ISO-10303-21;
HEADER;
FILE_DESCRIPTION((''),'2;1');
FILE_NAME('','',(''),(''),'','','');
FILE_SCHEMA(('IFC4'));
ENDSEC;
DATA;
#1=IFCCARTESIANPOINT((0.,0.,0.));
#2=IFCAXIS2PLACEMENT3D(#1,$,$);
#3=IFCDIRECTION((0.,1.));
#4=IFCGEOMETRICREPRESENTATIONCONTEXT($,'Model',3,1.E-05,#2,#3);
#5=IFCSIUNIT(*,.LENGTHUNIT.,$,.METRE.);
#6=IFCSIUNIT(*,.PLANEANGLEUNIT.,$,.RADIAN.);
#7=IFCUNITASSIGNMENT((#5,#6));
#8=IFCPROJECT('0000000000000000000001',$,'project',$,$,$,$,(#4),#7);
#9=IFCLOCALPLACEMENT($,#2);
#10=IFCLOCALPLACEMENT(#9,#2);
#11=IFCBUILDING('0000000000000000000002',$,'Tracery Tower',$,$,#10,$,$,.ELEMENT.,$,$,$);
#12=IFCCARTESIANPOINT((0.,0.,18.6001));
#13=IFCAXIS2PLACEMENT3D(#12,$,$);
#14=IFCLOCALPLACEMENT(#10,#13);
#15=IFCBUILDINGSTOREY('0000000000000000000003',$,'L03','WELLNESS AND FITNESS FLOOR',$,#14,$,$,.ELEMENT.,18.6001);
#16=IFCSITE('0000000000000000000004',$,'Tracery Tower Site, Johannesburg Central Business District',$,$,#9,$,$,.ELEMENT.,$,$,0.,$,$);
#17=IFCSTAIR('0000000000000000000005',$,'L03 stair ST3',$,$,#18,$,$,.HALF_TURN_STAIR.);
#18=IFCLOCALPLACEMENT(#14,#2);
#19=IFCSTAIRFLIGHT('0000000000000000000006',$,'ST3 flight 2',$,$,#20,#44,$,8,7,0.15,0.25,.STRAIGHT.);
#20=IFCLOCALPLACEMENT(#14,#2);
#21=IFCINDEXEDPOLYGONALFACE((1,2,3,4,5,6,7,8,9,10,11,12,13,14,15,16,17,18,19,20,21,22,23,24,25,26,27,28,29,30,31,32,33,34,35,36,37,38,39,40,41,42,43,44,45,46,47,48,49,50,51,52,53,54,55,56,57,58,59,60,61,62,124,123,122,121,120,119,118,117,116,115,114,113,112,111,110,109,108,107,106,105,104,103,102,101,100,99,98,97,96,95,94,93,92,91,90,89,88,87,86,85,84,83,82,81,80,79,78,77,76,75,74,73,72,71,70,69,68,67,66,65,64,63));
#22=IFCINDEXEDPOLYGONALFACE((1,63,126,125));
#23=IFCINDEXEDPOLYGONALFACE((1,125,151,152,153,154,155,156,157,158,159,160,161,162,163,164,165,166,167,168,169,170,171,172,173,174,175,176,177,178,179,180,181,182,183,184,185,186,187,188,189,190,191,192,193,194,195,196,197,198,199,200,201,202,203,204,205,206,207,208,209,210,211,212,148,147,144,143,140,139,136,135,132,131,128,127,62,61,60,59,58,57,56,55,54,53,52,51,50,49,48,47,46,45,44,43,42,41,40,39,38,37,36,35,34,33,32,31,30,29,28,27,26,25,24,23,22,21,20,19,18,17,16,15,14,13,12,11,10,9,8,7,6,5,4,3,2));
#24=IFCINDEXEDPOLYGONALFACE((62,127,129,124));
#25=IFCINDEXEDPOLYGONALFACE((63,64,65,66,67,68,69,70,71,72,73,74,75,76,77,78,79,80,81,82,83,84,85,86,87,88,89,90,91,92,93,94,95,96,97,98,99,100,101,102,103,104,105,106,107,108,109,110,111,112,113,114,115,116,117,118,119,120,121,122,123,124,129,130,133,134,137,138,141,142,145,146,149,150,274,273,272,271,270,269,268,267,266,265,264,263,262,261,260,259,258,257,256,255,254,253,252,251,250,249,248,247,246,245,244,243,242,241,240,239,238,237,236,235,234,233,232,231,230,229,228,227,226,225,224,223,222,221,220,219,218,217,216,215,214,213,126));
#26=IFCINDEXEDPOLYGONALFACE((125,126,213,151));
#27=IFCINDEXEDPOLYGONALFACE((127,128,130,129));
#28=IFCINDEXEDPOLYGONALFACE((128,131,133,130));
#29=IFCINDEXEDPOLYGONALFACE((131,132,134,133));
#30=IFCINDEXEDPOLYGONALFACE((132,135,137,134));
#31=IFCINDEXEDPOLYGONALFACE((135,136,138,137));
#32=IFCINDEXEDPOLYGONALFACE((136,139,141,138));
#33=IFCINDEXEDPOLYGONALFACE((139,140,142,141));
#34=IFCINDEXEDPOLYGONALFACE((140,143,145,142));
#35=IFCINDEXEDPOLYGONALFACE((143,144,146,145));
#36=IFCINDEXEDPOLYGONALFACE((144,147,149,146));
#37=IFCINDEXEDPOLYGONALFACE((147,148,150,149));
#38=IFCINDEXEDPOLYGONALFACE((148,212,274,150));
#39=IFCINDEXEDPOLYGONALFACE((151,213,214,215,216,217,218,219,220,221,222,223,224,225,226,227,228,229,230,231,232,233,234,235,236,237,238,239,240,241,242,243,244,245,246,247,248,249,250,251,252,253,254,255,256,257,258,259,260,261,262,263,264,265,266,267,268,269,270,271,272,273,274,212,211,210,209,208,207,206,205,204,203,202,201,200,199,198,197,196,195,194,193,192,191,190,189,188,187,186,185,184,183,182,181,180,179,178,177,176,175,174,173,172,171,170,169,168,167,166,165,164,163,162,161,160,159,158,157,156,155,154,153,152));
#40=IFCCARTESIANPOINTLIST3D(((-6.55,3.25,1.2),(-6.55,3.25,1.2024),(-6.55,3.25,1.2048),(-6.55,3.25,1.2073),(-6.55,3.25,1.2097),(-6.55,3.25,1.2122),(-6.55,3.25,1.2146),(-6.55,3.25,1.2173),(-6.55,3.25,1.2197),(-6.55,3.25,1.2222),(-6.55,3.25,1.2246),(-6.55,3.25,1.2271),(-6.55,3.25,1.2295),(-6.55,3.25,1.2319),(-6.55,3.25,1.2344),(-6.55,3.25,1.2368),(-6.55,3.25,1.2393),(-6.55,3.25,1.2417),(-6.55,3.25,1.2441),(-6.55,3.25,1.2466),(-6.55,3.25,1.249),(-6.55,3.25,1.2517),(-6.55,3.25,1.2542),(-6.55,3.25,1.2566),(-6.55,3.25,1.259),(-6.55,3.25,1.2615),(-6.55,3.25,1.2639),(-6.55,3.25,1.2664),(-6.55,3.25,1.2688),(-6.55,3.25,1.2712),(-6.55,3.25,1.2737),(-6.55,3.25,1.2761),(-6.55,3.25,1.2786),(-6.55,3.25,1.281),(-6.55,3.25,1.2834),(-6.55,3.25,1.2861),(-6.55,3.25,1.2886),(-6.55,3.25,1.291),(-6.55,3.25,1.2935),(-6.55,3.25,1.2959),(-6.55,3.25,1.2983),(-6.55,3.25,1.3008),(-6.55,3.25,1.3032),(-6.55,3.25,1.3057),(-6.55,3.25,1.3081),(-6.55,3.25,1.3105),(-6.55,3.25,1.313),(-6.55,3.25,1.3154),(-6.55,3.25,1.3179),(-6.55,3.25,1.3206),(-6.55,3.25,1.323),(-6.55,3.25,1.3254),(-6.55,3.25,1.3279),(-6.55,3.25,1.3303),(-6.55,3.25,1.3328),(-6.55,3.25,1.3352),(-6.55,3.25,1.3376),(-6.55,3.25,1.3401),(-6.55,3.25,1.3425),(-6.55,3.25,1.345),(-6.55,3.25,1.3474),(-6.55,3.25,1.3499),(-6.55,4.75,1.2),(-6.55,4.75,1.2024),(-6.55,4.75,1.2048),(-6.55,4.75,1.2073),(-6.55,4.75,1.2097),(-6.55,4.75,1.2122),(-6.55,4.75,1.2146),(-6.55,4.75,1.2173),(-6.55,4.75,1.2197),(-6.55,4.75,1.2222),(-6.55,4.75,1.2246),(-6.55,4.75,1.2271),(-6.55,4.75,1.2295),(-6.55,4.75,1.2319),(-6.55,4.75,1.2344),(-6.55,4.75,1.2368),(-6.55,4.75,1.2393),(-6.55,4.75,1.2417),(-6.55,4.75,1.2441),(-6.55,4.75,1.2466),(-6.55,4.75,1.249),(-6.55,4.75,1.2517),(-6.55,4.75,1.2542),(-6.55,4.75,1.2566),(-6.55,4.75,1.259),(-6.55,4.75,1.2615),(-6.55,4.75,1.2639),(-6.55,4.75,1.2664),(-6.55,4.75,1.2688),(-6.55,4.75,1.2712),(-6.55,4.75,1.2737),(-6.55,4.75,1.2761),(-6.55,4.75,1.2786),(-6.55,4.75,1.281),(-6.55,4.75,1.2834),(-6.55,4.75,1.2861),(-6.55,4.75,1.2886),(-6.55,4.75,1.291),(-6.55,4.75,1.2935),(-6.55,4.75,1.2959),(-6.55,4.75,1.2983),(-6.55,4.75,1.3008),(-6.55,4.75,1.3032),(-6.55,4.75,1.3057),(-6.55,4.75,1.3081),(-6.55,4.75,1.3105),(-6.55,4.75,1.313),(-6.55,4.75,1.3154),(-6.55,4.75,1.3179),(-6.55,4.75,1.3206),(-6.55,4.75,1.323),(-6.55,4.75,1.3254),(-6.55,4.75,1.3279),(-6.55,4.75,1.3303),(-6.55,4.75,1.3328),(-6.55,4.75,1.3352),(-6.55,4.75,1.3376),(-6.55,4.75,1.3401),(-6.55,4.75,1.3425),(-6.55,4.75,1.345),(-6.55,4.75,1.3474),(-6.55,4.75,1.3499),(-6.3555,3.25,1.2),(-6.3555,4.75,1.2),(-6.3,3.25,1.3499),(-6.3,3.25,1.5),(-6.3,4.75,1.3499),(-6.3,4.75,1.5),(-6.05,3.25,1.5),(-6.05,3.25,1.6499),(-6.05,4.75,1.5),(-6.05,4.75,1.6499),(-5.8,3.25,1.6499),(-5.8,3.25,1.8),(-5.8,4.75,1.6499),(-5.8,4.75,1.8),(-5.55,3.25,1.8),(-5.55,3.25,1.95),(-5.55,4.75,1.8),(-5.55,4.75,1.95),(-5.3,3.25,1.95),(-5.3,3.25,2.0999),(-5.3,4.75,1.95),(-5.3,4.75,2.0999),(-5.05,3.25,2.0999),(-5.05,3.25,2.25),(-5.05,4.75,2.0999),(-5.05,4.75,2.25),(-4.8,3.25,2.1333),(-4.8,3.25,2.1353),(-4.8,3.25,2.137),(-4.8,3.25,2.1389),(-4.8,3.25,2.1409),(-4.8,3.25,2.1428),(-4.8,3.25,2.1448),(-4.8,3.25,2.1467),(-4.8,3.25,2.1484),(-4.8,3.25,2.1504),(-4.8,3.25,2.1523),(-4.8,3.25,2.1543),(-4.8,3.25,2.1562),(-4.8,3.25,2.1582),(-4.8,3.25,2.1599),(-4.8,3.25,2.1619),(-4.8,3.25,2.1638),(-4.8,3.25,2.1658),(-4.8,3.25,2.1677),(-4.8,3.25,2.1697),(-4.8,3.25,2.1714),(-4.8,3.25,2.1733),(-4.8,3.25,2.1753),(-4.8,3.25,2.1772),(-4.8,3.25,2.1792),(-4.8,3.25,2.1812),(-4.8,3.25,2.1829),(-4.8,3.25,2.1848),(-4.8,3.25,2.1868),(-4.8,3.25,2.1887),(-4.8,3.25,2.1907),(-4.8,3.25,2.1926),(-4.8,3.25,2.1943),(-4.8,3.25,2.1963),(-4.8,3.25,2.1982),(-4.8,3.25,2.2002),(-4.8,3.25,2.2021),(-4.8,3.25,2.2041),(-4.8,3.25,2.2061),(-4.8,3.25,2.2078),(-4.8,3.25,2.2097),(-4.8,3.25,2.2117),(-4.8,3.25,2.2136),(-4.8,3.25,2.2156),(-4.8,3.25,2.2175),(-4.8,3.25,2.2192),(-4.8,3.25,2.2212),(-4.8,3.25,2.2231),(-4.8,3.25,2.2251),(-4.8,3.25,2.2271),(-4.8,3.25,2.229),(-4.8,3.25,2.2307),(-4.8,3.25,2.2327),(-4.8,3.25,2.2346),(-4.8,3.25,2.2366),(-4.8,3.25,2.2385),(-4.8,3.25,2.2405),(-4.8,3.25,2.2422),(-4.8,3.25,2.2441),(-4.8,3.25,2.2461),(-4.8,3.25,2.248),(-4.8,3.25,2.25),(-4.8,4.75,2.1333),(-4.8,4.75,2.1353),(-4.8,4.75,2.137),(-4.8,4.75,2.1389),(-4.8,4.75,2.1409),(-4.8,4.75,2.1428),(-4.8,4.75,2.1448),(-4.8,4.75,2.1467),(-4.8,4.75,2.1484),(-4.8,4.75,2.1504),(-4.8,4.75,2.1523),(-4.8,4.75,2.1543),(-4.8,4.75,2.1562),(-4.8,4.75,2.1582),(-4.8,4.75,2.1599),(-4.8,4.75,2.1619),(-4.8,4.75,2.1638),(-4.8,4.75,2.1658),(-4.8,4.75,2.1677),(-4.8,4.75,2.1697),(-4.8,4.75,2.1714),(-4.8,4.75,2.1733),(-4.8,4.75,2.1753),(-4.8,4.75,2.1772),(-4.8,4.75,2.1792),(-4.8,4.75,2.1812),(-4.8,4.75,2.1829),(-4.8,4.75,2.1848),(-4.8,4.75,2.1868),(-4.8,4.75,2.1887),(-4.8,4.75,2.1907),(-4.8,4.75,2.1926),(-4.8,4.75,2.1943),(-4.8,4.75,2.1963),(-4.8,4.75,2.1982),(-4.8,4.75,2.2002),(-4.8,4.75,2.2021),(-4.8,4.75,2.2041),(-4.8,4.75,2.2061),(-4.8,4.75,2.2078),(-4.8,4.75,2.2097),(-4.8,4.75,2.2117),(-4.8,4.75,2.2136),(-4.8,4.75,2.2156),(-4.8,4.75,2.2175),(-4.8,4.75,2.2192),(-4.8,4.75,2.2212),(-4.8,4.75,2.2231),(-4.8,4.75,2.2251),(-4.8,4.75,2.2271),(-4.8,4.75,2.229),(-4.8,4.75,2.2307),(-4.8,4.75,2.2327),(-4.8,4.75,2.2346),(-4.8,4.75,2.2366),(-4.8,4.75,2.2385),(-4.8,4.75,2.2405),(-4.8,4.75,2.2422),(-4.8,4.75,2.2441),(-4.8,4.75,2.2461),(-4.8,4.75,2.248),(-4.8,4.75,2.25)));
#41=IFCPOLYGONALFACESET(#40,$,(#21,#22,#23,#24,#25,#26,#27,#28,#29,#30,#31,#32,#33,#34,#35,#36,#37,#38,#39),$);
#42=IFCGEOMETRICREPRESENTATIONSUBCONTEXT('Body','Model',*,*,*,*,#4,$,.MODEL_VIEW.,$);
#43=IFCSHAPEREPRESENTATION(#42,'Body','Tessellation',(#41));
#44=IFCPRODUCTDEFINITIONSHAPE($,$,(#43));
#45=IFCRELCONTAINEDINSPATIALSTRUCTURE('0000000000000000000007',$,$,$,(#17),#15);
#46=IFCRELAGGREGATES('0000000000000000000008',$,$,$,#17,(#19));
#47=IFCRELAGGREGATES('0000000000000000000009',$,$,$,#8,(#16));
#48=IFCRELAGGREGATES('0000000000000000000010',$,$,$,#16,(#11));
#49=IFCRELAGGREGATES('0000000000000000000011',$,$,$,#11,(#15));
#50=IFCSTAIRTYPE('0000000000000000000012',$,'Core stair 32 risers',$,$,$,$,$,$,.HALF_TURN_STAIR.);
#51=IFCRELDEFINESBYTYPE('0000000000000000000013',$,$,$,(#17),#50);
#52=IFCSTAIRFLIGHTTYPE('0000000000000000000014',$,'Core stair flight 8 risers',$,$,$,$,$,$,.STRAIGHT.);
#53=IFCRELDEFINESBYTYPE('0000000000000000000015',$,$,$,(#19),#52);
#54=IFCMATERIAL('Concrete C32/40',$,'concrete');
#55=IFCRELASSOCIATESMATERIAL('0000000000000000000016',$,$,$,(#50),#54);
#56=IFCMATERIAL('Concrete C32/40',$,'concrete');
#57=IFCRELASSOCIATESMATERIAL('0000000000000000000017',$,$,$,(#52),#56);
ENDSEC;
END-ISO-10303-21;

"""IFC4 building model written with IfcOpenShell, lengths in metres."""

from ifc_helpers import new_model, si_unit, direction, frame, origin, place, context, subcontext, project, spatial, polyline, outline, extrude, material, type_object, element, aggregate, save


model = new_model("IFC4")

# Units and contexts
model_context = context("Model", 3, precision=1e-05, world=origin(), true_north=direction((0.0, 1.0)))
body_context = subcontext(model_context, "Body", "Model", "MODEL_VIEW")
ifc_project = project(units=[si_unit("LENGTHUNIT", "METRE"), si_unit("PLANEANGLEUNIT", "RADIAN")], contexts=[model_context])

# Site, building, storey
site_placement = place(None, origin())
site = spatial("IfcSite", under=ifc_project, at=site_placement, Name="Tracery Tower Site, Johannesburg Central Business District", CompositionType="ELEMENT", RefElevation=0.0)
building_placement = place(site_placement, origin())
building = spatial("IfcBuilding", under=site, at=building_placement, Name="Tracery Tower", CompositionType="ELEMENT")
storey_placement = place(building_placement, frame((0.0, 0.0, 18.6001)))
storey = spatial("IfcBuildingStorey", under=building, at=storey_placement, Name="L03", Description="WELLNESS AND FITNESS FLOOR", CompositionType="ELEMENT", Elevation=18.6001)

# Stair, stair flight
ifc_material_1 = material(Name="Concrete C32/40", Category="concrete")
stair_type = type_object("IfcStairType", Name="Core stair 32 risers", PredefinedType="HALF_TURN_STAIR", material=ifc_material_1)
stair_placement = place(storey_placement, origin())
stair = element("IfcStair", 1, at=stair_placement, inside=storey, type_object=stair_type, Name="L03 stair ST3", PredefinedType="HALF_TURN_STAIR")
ifc_material_2 = material(Name="Concrete C32/40", Category="concrete")
stair_flight_type = type_object("IfcStairFlightType", Name="Core stair flight 8 risers", PredefinedType="STRAIGHT", material=ifc_material_2)
stair_flight_1_placement = place(storey_placement, frame((-6.55, 4.0, 1.2), z_axis=(0.0, 0.0, 1.0), x_axis=(1.0, 0.0, 0.0)))
stair_flight_1 = element("IfcStairFlight", 2, at=stair_flight_1_placement, type_object=stair_flight_type, Name="ST3 flight 2", NumberOfRisers=8, NumberOfTreads=7, PredefinedType="STRAIGHT", RiserHeight=0.15, TreadLength=0.25, context=body_context, shape_type="SweptSolid", body=[
    extrude(outline(polyline([(0.0, 0.0), (0.0, 0.0024), (0.0, 0.0049), (0.0, 0.0073), (0.0, 0.0098), (0.0, 0.0122), (0.0, 0.0146), (0.0, 0.0173), (0.0, 0.0198), (0.0, 0.0222), (0.0, 0.0247), (0.0, 0.0271), (0.0, 0.0295), (0.0, 0.032), (0.0, 0.0344), (0.0, 0.0369), (0.0, 0.0393), (0.0, 0.0417), (0.0, 0.0442), (0.0, 0.0466), (0.0, 0.0491), (0.0, 0.0518), (0.0, 0.0542), (0.0, 0.0566), (0.0, 0.0591), (0.0, 0.0615), (0.0, 0.064), (0.0, 0.0664), (0.0, 0.0688), (0.0, 0.0713), (0.0, 0.0737), (0.0, 0.0762), (0.0, 0.0786), (0.0, 0.0811), (0.0, 0.0835), (0.0, 0.0862), (0.0, 0.0886), (0.0, 0.0911), (0.0, 0.0935), (0.0, 0.0959), (0.0, 0.0984), (0.0, 0.1008), (0.0, 0.1033), (0.0, 0.1057), (0.0, 0.1082), (0.0, 0.1106), (0.0, 0.113), (0.0, 0.1155), (0.0, 0.1179), (0.0, 0.1206), (0.0, 0.123), (0.0, 0.1255), (0.0, 0.1279), (0.0, 0.1304), (0.0, 0.1328), (0.0, 0.1353), (0.0, 0.1377), (0.0, 0.1401), (0.0, 0.1426), (0.0, 0.145), (0.0, 0.1475), (0.0, 0.1499), (0.25, 0.1499), (0.25, 0.3), (0.5, 0.3), (0.5, 0.45), (0.75, 0.45), (0.75, 0.6001), (1.0, 0.6001), (1.0, 0.75), (1.25, 0.75), (1.25, 0.8999), (1.5, 0.8999), (1.5, 1.05), (1.75, 1.05), (1.75, 1.0481), (1.75, 1.0461), (1.75, 1.0442), (1.75, 1.0422), (1.75, 1.0405), (1.75, 1.0386), (1.75, 1.0366), (1.75, 1.0347), (1.75, 1.0327), (1.75, 1.0308), (1.75, 1.0291), (1.75, 1.0271), (1.75, 1.0251), (1.75, 1.0232), (1.75, 1.0212), (1.75, 1.0193), (1.75, 1.0176), (1.75, 1.0156), (1.75, 1.0137), (1.75, 1.0117), (1.75, 1.0098), (1.75, 1.0078), (1.75, 1.0061), (1.75, 1.0042), (1.75, 1.0022), (1.75, 1.0002), (1.75, 0.9983), (1.75, 0.9963), (1.75, 0.9944), (1.75, 0.9927), (1.75, 0.9907), (1.75, 0.9888), (1.75, 0.9868), (1.75, 0.9849), (1.75, 0.9829), (1.75, 0.9812), (1.75, 0.9792), (1.75, 0.9773), (1.75, 0.9753), (1.75, 0.9734), (1.75, 0.9714), (1.75, 0.9697), (1.75, 0.9678), (1.75, 0.9658), (1.75, 0.9639), (1.75, 0.9619), (1.75, 0.96), (1.75, 0.9583), (1.75, 0.9563), (1.75, 0.9543), (1.75, 0.9524), (1.75, 0.9504), (1.75, 0.9485), (1.75, 0.9468), (1.75, 0.9448), (1.75, 0.9429), (1.75, 0.9409), (1.75, 0.939), (1.75, 0.937), (1.75, 0.9353), (1.75, 0.9333), (0.1946, 0.0), (0.0, 0.0)])), frame((0.0, 0.75, 0.0), z_axis=(0.0, -1.0, 0.0), x_axis=(1.0, 0.0, 0.0)), (0.0, 0.0, 1.0), 1.5),
])
aggregate(stair, [stair_flight_1])

save(model, "model.ifc")
